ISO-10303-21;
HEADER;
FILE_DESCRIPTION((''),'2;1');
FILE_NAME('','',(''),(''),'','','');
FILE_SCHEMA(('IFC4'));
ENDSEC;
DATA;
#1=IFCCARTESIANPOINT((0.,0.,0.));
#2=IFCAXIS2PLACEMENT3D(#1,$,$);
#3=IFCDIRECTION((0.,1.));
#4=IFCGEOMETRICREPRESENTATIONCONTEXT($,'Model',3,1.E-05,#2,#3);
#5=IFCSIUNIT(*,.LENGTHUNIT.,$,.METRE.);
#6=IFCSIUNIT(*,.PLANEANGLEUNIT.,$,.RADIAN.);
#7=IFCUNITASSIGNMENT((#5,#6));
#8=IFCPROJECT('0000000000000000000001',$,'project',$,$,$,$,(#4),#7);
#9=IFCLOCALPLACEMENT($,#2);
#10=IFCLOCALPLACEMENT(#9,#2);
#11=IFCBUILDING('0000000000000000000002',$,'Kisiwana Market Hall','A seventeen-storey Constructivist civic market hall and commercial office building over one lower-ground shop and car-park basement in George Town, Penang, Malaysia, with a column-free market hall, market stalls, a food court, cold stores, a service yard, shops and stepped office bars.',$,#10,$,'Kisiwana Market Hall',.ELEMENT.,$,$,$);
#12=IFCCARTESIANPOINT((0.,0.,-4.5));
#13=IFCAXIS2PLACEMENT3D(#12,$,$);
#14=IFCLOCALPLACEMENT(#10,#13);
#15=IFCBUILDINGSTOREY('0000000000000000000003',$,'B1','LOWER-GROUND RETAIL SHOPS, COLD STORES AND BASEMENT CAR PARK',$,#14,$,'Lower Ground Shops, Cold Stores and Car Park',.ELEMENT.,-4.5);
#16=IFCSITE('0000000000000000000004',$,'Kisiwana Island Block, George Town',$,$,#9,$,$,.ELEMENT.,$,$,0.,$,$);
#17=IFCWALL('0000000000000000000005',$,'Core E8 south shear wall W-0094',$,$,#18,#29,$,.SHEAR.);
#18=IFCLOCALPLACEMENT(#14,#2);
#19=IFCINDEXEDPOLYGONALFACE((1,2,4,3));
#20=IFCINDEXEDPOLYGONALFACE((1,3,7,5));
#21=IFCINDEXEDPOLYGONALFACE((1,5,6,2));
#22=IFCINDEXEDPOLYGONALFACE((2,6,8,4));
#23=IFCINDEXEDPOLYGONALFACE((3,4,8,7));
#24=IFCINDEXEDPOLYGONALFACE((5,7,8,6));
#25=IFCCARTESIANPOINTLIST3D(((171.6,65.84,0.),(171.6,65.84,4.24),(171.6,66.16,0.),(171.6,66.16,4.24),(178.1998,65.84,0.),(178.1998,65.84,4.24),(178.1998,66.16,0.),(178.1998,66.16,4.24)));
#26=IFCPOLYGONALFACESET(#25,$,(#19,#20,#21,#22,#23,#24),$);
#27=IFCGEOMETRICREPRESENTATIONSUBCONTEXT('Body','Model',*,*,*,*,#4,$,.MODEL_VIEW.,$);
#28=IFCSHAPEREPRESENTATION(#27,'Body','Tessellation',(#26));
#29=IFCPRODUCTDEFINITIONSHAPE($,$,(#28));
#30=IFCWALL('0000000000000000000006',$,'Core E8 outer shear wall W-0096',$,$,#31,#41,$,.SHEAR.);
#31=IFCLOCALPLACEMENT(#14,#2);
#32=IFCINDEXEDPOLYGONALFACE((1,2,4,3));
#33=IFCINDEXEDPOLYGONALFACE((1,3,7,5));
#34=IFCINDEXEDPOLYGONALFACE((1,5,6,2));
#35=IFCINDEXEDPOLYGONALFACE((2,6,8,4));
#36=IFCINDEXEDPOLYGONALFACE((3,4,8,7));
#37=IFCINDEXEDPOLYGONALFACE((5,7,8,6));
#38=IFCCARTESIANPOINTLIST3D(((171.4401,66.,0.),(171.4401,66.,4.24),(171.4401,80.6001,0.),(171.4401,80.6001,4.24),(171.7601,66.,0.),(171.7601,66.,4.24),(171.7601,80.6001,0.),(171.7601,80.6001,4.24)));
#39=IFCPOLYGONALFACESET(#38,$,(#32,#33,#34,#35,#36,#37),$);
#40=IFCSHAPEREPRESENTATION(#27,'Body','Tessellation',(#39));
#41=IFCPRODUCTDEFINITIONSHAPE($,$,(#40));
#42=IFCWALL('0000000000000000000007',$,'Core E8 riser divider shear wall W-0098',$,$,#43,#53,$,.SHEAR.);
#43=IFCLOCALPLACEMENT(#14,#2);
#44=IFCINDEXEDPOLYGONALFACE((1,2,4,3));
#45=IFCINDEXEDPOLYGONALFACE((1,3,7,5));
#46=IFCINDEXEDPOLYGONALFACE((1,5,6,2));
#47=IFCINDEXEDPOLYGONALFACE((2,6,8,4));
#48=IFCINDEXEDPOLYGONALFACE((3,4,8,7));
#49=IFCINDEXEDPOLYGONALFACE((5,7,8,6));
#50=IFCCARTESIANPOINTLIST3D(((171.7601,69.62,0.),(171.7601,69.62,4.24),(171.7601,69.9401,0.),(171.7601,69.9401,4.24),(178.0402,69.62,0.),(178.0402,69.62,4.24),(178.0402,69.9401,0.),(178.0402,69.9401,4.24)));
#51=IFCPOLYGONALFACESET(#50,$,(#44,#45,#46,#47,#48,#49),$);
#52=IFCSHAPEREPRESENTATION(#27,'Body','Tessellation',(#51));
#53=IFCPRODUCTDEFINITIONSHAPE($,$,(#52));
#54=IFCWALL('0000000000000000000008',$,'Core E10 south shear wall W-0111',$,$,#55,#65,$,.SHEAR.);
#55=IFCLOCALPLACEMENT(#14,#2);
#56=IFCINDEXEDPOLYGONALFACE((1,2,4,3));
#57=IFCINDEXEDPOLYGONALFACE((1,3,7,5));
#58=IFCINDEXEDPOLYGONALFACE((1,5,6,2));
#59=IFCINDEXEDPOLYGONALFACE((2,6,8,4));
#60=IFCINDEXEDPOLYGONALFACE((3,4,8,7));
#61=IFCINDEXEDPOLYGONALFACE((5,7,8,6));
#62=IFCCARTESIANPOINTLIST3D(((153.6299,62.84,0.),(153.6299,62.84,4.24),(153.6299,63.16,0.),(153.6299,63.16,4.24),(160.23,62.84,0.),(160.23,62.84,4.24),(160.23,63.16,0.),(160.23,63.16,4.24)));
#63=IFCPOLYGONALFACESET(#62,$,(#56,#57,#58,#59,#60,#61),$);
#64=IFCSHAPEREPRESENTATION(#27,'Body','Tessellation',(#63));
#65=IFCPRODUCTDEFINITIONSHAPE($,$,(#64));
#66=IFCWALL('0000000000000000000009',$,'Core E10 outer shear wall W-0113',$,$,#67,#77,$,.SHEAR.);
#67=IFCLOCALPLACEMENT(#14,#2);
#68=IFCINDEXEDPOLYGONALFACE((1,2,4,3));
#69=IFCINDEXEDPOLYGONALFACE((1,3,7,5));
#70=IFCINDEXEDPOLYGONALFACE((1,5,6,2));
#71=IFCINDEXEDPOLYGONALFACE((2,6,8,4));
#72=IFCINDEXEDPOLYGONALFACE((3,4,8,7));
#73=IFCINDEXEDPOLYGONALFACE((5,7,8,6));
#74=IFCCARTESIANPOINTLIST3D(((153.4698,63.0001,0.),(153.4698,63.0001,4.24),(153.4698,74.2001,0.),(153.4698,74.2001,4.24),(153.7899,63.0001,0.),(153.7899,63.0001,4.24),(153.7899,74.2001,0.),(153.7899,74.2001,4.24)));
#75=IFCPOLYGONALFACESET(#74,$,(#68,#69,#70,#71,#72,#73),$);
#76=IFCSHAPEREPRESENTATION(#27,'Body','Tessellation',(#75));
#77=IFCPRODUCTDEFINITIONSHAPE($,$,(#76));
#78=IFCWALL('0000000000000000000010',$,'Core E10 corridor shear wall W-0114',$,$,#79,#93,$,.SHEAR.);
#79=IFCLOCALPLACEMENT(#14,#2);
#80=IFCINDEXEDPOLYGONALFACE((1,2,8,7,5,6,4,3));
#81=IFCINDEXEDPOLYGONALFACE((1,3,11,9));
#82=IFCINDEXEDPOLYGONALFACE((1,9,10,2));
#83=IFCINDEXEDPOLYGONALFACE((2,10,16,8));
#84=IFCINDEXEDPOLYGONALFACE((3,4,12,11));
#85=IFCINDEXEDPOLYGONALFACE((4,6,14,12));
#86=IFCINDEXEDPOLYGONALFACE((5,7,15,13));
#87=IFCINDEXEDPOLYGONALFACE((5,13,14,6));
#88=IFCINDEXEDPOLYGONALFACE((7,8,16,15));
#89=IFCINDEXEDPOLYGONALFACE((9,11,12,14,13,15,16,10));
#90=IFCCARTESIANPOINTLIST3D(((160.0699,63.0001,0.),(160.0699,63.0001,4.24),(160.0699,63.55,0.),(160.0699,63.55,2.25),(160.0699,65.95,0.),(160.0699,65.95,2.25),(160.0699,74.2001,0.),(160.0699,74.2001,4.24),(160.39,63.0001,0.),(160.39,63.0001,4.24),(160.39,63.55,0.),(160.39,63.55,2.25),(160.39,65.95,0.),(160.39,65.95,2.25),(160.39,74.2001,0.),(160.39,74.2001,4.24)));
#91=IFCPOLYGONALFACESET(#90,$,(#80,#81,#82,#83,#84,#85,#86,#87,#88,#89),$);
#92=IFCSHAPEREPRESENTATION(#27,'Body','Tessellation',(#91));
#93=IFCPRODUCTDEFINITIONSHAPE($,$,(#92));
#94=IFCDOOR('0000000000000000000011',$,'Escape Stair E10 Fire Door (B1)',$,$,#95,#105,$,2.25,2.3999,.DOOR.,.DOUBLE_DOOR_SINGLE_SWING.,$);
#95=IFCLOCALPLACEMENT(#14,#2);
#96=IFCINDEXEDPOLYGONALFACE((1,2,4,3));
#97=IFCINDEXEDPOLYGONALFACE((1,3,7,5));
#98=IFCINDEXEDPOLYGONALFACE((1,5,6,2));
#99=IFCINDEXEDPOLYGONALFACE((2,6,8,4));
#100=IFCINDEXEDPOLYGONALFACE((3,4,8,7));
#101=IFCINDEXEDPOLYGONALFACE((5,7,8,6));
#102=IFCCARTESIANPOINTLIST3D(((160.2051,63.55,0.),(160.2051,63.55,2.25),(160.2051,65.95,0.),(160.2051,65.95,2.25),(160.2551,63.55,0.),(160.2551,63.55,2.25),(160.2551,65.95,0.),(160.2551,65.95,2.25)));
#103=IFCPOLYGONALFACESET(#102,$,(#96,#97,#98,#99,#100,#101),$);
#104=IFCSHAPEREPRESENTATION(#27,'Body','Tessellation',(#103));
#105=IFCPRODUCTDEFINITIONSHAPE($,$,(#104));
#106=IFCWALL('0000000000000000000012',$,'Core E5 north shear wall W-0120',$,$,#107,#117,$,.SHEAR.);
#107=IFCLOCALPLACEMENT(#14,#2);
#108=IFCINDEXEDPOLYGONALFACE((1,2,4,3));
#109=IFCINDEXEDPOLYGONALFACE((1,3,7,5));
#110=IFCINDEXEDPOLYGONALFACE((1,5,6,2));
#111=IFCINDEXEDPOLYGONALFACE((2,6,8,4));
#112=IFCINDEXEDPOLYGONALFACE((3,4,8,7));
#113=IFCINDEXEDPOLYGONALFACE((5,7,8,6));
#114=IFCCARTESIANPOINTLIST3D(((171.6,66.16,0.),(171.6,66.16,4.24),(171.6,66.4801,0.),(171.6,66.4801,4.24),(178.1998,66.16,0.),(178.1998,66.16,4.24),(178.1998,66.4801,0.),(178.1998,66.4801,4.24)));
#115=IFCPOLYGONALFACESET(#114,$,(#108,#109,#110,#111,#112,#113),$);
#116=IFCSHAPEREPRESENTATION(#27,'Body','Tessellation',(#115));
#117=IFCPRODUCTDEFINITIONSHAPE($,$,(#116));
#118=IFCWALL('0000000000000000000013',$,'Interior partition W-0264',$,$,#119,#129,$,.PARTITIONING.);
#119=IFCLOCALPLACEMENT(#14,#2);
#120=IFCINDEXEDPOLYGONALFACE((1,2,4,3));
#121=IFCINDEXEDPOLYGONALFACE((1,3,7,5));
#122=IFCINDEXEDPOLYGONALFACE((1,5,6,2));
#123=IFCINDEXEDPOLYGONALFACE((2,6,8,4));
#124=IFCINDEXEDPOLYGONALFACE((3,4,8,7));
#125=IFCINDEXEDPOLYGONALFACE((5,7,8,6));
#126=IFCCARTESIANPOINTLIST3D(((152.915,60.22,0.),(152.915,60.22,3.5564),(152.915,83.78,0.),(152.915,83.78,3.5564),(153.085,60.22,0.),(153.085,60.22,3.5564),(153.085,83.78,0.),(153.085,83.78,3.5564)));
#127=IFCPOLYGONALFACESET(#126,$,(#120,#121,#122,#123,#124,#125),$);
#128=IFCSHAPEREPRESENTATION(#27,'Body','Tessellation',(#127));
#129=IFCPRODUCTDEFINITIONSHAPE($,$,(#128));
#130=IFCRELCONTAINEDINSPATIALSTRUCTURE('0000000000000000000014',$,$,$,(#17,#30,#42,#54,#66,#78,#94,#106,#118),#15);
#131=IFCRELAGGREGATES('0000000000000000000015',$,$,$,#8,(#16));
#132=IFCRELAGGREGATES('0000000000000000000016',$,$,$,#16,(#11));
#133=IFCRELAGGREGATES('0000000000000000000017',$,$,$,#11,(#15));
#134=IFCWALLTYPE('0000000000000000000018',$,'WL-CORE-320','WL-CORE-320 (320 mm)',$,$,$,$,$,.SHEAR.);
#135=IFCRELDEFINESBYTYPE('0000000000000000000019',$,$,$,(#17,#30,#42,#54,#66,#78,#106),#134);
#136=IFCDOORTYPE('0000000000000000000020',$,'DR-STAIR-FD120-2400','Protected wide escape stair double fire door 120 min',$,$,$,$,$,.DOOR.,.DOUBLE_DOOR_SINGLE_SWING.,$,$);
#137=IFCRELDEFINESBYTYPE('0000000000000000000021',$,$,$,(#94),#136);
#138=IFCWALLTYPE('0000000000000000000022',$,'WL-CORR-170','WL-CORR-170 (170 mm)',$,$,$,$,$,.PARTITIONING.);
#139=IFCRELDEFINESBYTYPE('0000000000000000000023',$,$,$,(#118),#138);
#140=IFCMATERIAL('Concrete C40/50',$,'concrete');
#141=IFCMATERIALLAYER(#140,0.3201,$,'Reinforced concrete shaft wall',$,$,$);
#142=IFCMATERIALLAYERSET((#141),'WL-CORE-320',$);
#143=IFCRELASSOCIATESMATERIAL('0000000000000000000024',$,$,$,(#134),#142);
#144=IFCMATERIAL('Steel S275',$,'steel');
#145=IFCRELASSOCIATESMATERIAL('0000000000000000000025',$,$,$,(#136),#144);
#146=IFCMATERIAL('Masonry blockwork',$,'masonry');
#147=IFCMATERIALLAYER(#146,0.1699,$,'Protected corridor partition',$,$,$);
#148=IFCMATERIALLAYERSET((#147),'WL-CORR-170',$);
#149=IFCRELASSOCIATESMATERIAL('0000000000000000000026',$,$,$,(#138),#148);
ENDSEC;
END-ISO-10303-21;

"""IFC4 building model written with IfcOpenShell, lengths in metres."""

from ifc_helpers import new_model, si_unit, direction, frame, frame_2d, origin, place, context, subcontext, project, spatial, rectangle, extrude, material, layer, layer_set, type_object, element, fill, save


model = new_model("IFC4")

# Units and contexts
model_context = context("Model", 3, precision=1e-05, world=origin(), true_north=direction((0.0, 1.0)))
body_context = subcontext(model_context, "Body", "Model", "MODEL_VIEW")
ifc_project = project(units=[si_unit("LENGTHUNIT", "METRE"), si_unit("PLANEANGLEUNIT", "RADIAN")], contexts=[model_context])

# Site, building, storey
site_placement = place(None, origin())
site = spatial("IfcSite", under=ifc_project, at=site_placement, Name="Kisiwana Island Block, George Town", CompositionType="ELEMENT", RefElevation=0.0)
building_placement = place(site_placement, origin())
building = spatial("IfcBuilding", under=site, at=building_placement, Name="Kisiwana Market Hall", Description="A seventeen-storey Constructivist civic market hall and commercial office building over one lower-ground shop and car-park basement in George Town, Penang, Malaysia, with a column-free market hall, market stalls, a food court, cold stores, a service yard, shops and stepped office bars.", LongName="Kisiwana Market Hall", CompositionType="ELEMENT")
storey_placement = place(building_placement, frame((0.0, 0.0, -4.5)))
storey = spatial("IfcBuildingStorey", under=building, at=storey_placement, Name="B1", Description="LOWER-GROUND RETAIL SHOPS, COLD STORES AND BASEMENT CAR PARK", LongName="Lower Ground Shops, Cold Stores and Car Park", CompositionType="ELEMENT", Elevation=-4.5)

# Walls
ifc_material_1 = material(Name="Concrete C40/50", Category="concrete")
ifc_layer_1 = layer(ifc_material_1, 0.3201, Name="Reinforced concrete shaft wall")
ifc_layer_set_1 = layer_set([ifc_layer_1], Name="WL-CORE-320")
wall_type_1 = type_object("IfcWallType", Name="WL-CORE-320", Description="WL-CORE-320 (320 mm)", PredefinedType="SHEAR", material=ifc_layer_set_1)
wall_1_placement = place(storey_placement, frame((171.6001, 66.0, 0.0), z_axis=(0.0, 0.0, 1.0), x_axis=(1.0, 0.0, 0.0)))
element("IfcWall", 1, at=wall_1_placement, inside=storey, type_object=wall_type_1, Name="Core E8 south shear wall W-0094", PredefinedType="SHEAR", context=body_context, shape_type="SweptSolid", body=[
    extrude(rectangle(XDim=6.5999, YDim=0.3201, at=frame_2d((3.2998, 0.0))), origin(), (0.0, 0.0, 1.0), 4.24),
])
wall_2_placement = place(storey_placement, frame((171.6001, 66.0, 0.0), z_axis=(0.0, 0.0, 1.0), x_axis=(0.0, 1.0, 0.0)))
element("IfcWall", 2, at=wall_2_placement, inside=storey, type_object=wall_type_1, Name="Core E8 outer shear wall W-0096", PredefinedType="SHEAR", context=body_context, shape_type="SweptSolid", body=[
    extrude(rectangle(XDim=14.6001, YDim=0.3201, at=frame_2d((7.3, 0.0))), origin(), (0.0, 0.0, 1.0), 4.24),
])
wall_3_placement = place(storey_placement, frame((171.76, 69.78, 0.0), z_axis=(0.0, 0.0, 1.0), x_axis=(1.0, 0.0, 0.0)))
element("IfcWall", 3, at=wall_3_placement, inside=storey, type_object=wall_type_1, Name="Core E8 riser divider shear wall W-0098", PredefinedType="SHEAR", context=body_context, shape_type="SweptSolid", body=[
    extrude(rectangle(XDim=6.28, YDim=0.3201, at=frame_2d((3.1401, 0.0))), origin(), (0.0, 0.0, 1.0), 4.24),
])
wall_4_placement = place(storey_placement, frame((153.6299, 63.0, 0.0), z_axis=(0.0, 0.0, 1.0), x_axis=(1.0, 0.0, 0.0)))
element("IfcWall", 4, at=wall_4_placement, inside=storey, type_object=wall_type_1, Name="Core E10 south shear wall W-0111", PredefinedType="SHEAR", context=body_context, shape_type="SweptSolid", body=[
    extrude(rectangle(XDim=6.6001, YDim=0.3201, at=frame_2d((3.3, 0.0))), origin(), (0.0, 0.0, 1.0), 4.24),
])
wall_5_placement = place(storey_placement, frame((153.6299, 63.0, 0.0), z_axis=(0.0, 0.0, 1.0), x_axis=(0.0, 1.0, 0.0)))
element("IfcWall", 5, at=wall_5_placement, inside=storey, type_object=wall_type_1, Name="Core E10 outer shear wall W-0113", PredefinedType="SHEAR", context=body_context, shape_type="SweptSolid", body=[
    extrude(rectangle(XDim=11.2, YDim=0.3201, at=frame_2d((5.6001, 0.0))), origin(), (0.0, 0.0, 1.0), 4.24),
])

# Wall, opening, door
wall_6_placement = place(storey_placement, frame((160.23, 63.0, 0.0), z_axis=(0.0, 0.0, 1.0), x_axis=(0.0, 1.0, 0.0)))
wall_6 = element("IfcWall", 6, at=wall_6_placement, inside=storey, type_object=wall_type_1, Name="Core E10 corridor shear wall W-0114", PredefinedType="SHEAR", context=body_context, shape_type="SweptSolid", body=[
    extrude(rectangle(XDim=11.2, YDim=0.3201, at=frame_2d((5.6001, 0.0))), origin(), (0.0, 0.0, 1.0), 4.24),
])
opening_placement = place(wall_6_placement, frame((0.55, 0.0, 0.0)))
opening = element("IfcOpeningElement", 7, at=opening_placement, cuts=wall_6, PredefinedType="OPENING", context=body_context, shape_type="SweptSolid", body=[
    extrude(rectangle(XDim=2.3999, YDim=2.25, at=frame_2d((1.2, 1.125))), frame((0.0, 0.1719, 0.0), z_axis=(0.0, -1.0, 0.0), x_axis=(1.0, 0.0, 0.0)), (0.0, 0.0, 1.0), 0.344),
])
ifc_material_2 = material(Name="Steel S275", Category="steel")
door_type = type_object("IfcDoorType", Name="DR-STAIR-FD120-2400", Description="Protected wide escape stair double fire door 120 min", OperationType="DOUBLE_DOOR_SINGLE_SWING", PredefinedType="DOOR", material=ifc_material_2)
door_placement = place(opening_placement, origin())
door = element("IfcDoor", 8, at=door_placement, inside=storey, type_object=door_type, Name="Escape Stair E10 Fire Door (B1)", OperationType="DOUBLE_DOOR_SINGLE_SWING", OverallHeight=2.25, OverallWidth=2.3999, PredefinedType="DOOR", context=body_context, shape_type="SweptSolid", body=[
    extrude(rectangle(XDim=2.3999, YDim=2.25, at=frame_2d((1.2, 1.125))), frame((0.0, 0.0249, 0.0), z_axis=(0.0, -1.0, 0.0), x_axis=(1.0, 0.0, 0.0)), (0.0, 0.0, 1.0), 0.05),
])
fill(opening, door)

# Walls
wall_7_placement = place(storey_placement, frame((171.6001, 66.3201, 0.0), z_axis=(0.0, 0.0, 1.0), x_axis=(1.0, 0.0, 0.0)))
element("IfcWall", 9, at=wall_7_placement, inside=storey, type_object=wall_type_1, Name="Core E5 north shear wall W-0120", PredefinedType="SHEAR", context=body_context, shape_type="SweptSolid", body=[
    extrude(rectangle(XDim=6.5999, YDim=0.3201, at=frame_2d((3.2998, 0.0))), origin(), (0.0, 0.0, 1.0), 4.24),
])
ifc_material_3 = material(Name="Masonry blockwork", Category="masonry")
ifc_layer_2 = layer(ifc_material_3, 0.1699, Name="Protected corridor partition")
ifc_layer_set_2 = layer_set([ifc_layer_2], Name="WL-CORR-170")
wall_type_2 = type_object("IfcWallType", Name="WL-CORR-170", Description="WL-CORR-170 (170 mm)", PredefinedType="PARTITIONING", material=ifc_layer_set_2)
wall_8_placement = place(storey_placement, frame((153.0, 60.22, 0.0), z_axis=(0.0, 0.0, 1.0), x_axis=(0.0, 1.0, 0.0)))
element("IfcWall", 10, at=wall_8_placement, inside=storey, type_object=wall_type_2, Name="Interior partition W-0264", PredefinedType="PARTITIONING", context=body_context, shape_type="SweptSolid", body=[
    extrude(rectangle(XDim=23.5601, YDim=0.1699, at=frame_2d((11.78, 0.0))), origin(), (0.0, 0.0, 1.0), 3.5564),
])

save(model, "model.ifc")
